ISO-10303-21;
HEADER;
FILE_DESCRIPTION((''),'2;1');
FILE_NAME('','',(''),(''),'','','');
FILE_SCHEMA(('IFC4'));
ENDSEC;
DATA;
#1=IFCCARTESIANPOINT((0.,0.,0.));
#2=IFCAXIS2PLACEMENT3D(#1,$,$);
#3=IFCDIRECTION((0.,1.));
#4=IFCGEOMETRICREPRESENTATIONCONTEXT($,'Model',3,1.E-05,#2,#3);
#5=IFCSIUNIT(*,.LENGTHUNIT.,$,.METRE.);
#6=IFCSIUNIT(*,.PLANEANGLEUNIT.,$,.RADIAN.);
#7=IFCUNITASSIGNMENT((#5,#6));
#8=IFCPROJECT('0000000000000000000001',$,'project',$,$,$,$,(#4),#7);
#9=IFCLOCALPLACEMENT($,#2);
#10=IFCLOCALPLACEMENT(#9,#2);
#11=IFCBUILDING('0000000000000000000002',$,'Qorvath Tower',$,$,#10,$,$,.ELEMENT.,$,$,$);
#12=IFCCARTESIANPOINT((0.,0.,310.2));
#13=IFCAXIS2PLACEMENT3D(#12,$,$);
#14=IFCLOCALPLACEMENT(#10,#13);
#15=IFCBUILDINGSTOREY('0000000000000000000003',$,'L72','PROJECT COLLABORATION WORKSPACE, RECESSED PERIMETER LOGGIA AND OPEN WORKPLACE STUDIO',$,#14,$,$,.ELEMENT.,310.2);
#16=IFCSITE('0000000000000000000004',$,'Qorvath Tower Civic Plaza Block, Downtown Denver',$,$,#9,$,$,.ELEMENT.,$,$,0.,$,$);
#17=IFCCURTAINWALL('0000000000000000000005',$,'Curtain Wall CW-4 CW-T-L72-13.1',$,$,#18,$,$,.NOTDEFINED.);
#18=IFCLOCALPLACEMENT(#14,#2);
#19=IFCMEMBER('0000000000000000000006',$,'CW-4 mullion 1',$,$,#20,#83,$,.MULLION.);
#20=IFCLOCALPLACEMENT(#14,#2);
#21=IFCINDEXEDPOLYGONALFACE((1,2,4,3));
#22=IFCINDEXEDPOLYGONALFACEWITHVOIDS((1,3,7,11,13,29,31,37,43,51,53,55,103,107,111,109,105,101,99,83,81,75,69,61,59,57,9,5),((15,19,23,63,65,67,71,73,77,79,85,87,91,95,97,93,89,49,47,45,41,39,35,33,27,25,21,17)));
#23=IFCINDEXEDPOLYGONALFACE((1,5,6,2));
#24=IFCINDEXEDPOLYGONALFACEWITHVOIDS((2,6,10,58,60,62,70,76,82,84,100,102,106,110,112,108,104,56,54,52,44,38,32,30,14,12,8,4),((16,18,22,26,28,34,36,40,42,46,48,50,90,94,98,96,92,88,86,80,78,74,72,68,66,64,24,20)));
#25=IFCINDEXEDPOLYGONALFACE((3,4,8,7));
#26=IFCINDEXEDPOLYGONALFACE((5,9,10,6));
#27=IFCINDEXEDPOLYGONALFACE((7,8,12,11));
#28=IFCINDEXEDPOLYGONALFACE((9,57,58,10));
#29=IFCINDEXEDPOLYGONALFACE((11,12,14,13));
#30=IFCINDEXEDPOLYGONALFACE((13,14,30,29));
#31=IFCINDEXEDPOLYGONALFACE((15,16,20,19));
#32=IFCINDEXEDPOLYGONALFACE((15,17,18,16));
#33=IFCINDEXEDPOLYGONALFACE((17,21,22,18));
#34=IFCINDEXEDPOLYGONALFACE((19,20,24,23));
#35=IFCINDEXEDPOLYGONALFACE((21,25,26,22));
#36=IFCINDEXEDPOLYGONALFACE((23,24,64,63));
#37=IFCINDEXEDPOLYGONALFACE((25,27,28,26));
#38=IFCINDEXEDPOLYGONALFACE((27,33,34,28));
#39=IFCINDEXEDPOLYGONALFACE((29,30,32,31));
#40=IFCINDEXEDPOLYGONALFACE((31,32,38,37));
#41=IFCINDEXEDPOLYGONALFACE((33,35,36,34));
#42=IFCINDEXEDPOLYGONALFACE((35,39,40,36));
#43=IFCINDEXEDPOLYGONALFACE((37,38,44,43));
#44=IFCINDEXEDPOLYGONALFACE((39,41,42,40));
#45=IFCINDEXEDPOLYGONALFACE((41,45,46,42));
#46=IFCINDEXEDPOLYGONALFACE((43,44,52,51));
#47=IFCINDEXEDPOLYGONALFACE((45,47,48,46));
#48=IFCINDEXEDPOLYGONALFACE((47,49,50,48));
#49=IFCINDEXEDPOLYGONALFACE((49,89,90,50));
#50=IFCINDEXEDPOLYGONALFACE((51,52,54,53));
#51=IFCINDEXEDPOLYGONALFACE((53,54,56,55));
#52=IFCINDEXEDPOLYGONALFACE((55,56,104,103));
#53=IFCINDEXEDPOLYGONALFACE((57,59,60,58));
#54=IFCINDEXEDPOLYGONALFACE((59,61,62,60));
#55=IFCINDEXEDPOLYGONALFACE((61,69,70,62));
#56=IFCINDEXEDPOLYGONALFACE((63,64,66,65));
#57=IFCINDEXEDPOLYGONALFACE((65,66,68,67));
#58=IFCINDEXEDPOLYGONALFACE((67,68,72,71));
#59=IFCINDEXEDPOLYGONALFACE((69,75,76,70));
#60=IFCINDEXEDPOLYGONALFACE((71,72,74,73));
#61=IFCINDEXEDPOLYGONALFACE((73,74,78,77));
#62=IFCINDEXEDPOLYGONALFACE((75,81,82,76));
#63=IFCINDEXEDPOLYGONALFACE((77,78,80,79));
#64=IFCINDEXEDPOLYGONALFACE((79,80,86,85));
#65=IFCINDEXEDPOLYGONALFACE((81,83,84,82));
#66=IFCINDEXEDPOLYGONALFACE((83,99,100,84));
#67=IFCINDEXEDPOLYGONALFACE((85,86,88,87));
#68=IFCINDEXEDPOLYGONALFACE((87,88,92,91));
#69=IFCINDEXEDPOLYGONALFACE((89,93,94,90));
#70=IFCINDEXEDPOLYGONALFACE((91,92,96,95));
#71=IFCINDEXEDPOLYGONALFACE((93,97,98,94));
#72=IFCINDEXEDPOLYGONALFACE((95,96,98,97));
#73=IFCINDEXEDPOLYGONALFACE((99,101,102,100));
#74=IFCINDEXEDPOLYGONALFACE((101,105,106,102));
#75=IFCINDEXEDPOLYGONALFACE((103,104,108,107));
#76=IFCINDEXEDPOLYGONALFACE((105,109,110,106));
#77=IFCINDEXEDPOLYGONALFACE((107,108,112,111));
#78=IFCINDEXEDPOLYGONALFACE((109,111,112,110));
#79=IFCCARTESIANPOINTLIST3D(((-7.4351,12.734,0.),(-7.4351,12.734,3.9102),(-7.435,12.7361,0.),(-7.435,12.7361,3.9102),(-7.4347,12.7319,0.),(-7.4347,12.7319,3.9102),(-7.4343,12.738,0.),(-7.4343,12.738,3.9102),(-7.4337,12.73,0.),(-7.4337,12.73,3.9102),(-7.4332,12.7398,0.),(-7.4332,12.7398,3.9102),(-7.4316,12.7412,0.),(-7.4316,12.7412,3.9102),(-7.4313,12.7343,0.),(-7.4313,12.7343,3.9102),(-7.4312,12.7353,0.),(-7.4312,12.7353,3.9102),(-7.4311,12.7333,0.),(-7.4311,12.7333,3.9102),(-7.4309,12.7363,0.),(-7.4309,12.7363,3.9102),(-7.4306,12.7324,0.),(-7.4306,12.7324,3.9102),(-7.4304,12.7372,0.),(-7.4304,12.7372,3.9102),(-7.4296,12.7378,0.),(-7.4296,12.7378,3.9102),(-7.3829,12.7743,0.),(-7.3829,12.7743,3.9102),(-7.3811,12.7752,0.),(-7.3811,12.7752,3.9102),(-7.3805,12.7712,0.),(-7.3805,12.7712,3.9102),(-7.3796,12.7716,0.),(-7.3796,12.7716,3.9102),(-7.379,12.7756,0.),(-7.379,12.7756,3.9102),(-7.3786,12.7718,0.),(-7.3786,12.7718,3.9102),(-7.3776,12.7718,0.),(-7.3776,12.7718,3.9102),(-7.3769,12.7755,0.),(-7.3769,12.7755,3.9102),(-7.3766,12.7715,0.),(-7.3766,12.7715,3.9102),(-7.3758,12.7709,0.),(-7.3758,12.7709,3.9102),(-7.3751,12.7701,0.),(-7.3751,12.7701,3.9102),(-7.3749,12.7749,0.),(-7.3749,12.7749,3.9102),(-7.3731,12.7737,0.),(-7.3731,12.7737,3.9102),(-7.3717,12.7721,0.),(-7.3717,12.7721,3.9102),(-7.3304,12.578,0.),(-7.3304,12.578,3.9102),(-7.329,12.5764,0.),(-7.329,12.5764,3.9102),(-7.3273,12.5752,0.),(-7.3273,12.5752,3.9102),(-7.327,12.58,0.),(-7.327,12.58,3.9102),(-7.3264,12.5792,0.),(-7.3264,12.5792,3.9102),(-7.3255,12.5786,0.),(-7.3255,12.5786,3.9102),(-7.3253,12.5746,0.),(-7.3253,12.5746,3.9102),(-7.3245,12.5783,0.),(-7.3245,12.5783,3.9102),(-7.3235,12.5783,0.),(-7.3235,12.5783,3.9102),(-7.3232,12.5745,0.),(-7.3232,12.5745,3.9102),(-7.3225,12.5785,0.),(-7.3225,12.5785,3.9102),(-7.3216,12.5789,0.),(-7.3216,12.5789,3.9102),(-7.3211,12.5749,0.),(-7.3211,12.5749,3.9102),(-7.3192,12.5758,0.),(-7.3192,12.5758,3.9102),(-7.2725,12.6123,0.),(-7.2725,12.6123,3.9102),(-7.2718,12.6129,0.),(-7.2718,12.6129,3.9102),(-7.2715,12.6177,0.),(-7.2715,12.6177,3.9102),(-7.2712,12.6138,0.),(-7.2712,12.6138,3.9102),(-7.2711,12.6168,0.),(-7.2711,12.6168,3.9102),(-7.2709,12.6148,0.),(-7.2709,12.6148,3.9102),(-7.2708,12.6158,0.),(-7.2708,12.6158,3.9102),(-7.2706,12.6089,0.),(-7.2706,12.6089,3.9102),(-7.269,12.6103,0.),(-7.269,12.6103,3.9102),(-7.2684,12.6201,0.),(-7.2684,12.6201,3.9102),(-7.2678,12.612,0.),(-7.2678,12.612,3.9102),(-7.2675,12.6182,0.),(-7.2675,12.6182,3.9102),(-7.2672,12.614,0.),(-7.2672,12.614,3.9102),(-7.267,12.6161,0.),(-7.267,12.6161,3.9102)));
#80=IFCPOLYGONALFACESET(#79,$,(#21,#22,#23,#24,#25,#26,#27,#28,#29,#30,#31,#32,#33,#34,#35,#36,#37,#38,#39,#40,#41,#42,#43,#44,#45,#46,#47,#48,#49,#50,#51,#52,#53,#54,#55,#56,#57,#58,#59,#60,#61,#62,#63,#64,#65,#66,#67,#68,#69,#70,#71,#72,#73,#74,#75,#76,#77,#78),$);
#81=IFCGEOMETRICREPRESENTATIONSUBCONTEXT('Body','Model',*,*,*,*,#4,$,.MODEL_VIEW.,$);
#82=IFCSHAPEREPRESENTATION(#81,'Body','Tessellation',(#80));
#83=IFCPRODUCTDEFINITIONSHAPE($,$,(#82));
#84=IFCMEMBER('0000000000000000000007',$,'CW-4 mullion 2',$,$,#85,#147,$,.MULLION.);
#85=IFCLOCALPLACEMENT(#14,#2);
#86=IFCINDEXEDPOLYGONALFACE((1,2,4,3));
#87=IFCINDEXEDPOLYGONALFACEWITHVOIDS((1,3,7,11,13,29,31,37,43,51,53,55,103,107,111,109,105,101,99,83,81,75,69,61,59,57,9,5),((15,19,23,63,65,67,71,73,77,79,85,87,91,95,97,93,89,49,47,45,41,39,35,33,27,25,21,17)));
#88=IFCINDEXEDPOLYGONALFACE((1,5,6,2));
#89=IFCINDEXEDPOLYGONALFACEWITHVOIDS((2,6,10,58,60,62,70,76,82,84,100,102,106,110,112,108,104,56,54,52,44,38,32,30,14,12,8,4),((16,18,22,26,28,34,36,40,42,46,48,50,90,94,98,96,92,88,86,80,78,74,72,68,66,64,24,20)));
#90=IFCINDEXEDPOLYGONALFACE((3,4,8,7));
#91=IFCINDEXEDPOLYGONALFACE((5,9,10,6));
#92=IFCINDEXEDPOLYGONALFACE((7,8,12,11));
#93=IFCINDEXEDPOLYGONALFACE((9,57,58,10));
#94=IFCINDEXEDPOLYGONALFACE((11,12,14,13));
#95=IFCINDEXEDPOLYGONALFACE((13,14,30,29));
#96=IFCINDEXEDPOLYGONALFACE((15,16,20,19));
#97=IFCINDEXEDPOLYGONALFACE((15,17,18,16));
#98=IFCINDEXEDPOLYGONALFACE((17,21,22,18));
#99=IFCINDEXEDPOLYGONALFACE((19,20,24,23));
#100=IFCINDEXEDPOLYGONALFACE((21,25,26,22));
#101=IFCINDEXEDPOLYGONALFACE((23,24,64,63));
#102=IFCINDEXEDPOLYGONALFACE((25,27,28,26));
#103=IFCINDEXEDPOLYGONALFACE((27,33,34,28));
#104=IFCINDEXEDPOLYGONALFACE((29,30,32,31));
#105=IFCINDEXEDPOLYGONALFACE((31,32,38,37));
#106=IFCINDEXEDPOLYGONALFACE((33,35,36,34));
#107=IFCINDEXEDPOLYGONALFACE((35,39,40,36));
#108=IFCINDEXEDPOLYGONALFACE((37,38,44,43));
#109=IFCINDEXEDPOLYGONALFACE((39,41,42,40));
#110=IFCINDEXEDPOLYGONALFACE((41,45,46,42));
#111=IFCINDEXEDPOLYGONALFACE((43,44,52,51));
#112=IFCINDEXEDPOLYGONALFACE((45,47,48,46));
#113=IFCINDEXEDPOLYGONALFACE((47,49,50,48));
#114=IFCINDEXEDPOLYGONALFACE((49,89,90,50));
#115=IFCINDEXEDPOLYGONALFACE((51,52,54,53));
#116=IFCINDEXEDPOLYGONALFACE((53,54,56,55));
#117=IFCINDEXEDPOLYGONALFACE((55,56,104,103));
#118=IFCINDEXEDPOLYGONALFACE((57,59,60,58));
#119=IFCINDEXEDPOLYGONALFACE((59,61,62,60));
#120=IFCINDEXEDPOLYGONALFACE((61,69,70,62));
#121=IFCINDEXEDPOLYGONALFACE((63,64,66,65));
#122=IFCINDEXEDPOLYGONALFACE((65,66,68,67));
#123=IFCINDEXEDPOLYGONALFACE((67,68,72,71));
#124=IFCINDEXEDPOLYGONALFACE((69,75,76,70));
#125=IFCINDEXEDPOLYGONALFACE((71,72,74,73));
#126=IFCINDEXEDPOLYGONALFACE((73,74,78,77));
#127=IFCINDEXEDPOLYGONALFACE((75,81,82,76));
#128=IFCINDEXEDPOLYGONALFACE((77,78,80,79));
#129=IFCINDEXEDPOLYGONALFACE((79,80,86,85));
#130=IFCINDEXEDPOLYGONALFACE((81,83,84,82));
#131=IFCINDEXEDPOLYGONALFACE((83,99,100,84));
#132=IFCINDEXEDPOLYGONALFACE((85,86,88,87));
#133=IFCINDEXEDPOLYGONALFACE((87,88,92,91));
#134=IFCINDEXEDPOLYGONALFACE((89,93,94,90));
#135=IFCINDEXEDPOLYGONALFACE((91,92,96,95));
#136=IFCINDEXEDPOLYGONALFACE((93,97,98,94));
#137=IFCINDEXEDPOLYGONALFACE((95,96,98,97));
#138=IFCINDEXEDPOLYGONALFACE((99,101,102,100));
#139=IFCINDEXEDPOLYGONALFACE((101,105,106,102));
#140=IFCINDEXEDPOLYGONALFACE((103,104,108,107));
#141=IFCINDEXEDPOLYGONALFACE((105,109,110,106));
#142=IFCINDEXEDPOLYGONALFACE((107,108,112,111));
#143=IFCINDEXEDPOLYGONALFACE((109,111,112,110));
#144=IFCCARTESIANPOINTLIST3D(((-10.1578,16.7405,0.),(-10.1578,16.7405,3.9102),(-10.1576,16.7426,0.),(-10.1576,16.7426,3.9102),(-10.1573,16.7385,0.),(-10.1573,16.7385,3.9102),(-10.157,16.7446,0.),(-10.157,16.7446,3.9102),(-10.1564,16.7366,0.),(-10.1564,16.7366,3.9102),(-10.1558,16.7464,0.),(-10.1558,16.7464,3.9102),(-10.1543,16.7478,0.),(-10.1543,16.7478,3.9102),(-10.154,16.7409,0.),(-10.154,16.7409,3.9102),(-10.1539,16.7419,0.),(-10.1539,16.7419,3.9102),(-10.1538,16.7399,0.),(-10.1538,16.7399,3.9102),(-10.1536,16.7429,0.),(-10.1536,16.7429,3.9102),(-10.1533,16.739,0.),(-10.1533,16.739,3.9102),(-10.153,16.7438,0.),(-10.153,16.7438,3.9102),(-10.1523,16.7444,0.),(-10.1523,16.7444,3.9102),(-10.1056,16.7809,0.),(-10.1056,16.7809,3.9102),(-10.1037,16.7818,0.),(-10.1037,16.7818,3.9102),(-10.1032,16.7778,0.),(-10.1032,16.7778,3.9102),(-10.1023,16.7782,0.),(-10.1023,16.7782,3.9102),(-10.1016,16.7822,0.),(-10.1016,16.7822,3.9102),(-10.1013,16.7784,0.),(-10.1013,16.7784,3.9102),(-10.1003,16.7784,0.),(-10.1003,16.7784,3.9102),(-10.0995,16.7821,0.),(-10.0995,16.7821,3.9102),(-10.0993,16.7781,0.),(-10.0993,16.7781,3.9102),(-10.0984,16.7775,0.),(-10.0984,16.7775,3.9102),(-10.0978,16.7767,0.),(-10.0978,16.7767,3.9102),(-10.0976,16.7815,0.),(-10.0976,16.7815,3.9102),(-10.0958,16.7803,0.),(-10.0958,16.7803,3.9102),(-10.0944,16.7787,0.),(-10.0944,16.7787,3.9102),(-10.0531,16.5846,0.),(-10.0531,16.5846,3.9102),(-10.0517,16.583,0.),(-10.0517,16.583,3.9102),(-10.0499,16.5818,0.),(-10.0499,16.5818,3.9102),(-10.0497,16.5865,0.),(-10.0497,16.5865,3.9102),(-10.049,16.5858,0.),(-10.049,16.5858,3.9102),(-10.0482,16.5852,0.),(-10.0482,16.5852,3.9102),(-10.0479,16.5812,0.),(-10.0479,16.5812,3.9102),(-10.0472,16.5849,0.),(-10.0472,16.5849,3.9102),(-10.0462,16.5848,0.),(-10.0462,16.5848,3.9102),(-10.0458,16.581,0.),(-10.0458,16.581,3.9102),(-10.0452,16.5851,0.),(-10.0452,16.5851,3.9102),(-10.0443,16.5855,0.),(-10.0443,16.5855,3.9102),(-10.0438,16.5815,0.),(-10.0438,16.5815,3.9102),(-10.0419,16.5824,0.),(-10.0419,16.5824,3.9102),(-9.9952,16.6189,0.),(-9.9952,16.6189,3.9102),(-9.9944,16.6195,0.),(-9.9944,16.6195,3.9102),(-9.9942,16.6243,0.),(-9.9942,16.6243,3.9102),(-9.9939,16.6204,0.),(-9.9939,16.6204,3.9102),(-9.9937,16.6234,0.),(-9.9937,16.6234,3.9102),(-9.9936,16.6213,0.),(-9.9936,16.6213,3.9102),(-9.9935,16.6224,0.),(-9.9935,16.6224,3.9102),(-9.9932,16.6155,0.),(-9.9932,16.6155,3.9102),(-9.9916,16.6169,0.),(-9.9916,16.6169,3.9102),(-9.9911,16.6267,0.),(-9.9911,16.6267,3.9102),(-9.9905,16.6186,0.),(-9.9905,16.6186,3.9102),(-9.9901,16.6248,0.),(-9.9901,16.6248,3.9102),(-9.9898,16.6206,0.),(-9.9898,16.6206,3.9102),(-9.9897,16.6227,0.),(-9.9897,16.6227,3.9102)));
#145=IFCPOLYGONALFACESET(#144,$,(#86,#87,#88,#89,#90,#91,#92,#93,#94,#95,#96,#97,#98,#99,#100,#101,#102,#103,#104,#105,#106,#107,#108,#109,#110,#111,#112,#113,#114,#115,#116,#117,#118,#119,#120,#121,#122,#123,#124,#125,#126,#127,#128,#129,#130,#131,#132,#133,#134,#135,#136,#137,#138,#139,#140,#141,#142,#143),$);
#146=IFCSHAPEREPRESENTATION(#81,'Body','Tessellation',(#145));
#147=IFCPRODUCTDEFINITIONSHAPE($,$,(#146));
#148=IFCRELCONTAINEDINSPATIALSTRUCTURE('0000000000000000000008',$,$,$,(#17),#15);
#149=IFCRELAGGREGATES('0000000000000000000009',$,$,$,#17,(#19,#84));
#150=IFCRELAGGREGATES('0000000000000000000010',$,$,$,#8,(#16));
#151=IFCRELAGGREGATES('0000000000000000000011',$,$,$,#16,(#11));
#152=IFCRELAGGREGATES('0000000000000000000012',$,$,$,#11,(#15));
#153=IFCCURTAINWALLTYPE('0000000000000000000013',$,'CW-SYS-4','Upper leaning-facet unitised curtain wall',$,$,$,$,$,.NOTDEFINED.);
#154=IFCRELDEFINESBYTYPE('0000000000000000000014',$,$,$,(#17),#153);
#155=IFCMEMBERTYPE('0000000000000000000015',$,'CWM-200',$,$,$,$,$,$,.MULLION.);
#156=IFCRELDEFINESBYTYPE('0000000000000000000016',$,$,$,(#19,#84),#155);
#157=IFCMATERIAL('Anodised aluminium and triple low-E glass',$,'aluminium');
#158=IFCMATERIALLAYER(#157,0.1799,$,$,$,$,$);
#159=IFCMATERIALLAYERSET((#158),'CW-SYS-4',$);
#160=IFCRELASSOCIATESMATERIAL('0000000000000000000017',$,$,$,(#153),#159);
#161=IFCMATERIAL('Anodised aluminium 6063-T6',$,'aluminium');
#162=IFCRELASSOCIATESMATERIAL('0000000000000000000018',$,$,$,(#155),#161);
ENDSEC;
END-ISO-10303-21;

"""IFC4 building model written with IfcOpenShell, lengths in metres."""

from ifc_helpers import new_model, si_unit, direction, frame, origin, origin_2d, place, context, subcontext, project, spatial, hollow_rectangle, extrude, material, layer, layer_set, material_profile, profile_set, type_object, element, aggregate, save


model = new_model("IFC4")

# Units and contexts
model_context = context("Model", 3, precision=1e-05, world=origin(), true_north=direction((0.0, 1.0)))
body_context = subcontext(model_context, "Body", "Model", "MODEL_VIEW")
ifc_project = project(units=[si_unit("LENGTHUNIT", "METRE"), si_unit("PLANEANGLEUNIT", "RADIAN")], contexts=[model_context])

# Site, building, storey
site_placement = place(None, origin())
site = spatial("IfcSite", under=ifc_project, at=site_placement, Name="Qorvath Tower Civic Plaza Block, Downtown Denver", CompositionType="ELEMENT", RefElevation=0.0)
building_placement = place(site_placement, origin())
building = spatial("IfcBuilding", under=site, at=building_placement, Name="Qorvath Tower", CompositionType="ELEMENT")
storey_placement = place(building_placement, frame((0.0, 0.0, 310.2)))
storey = spatial("IfcBuildingStorey", under=building, at=storey_placement, Name="L72", Description="PROJECT COLLABORATION WORKSPACE, RECESSED PERIMETER LOGGIA AND OPEN WORKPLACE STUDIO", CompositionType="ELEMENT", Elevation=310.2)

# Shared definitions
ifc_material_1 = material(Name="Anodised aluminium and triple low-E glass", Category="aluminium")
ifc_layer_1 = layer(ifc_material_1, 0.1799)
ifc_layer_set_1 = layer_set([ifc_layer_1], Name="CW-SYS-4")
curtain_wall_type = type_object("IfcCurtainWallType", Name="CW-SYS-4", Description="Upper leaning-facet unitised curtain wall", PredefinedType="NOTDEFINED", material=ifc_layer_set_1)
ifc_material_2 = material(Name="Anodised aluminium 6063-T6", Category="aluminium")
ifc_material_profile_1 = material_profile(ifc_material_2, hollow_rectangle(XDim=0.075, YDim=0.2, WallThickness=0.0039, InnerFilletRadius=0.0039, OuterFilletRadius=0.0081, at=origin_2d()), Name="CWM 200x75")
ifc_profile_set_1 = profile_set([ifc_material_profile_1], Name="Anodised aluminium 6063-T6")
member_type_1 = type_object("IfcMemberType", Name="CWM-200", PredefinedType="MULLION", material=ifc_profile_set_1)

# Curtain wall, members
curtain_wall_1_placement = place(storey_placement, origin())
curtain_wall_1 = element("IfcCurtainWall", 1, at=curtain_wall_1_placement, inside=storey, type_object=curtain_wall_type, Name="Curtain Wall CW-4 CW-T-L72-13.1", PredefinedType="NOTDEFINED")
member_1_placement = place(storey_placement, frame((-7.3511, 12.675, 0.0), z_axis=(0.0, 0.0, 1.0), x_axis=(-0.82712, -0.562025, 0.0)))
member_1 = element("IfcMember", 2, at=member_1_placement, type_object=member_type_1, Name="CW-4 mullion 1", PredefinedType="MULLION", context=body_context, shape_type="SweptSolid", body=[
    extrude(hollow_rectangle(XDim=0.075, YDim=0.2, WallThickness=0.0039, InnerFilletRadius=0.0039, OuterFilletRadius=0.0081, at=origin_2d()), origin(), (0.0, 0.0, 1.0), 3.9102),
])
member_2_placement = place(storey_placement, frame((-10.0737, 16.6816, 0.0), z_axis=(0.0, 0.0, 1.0), x_axis=(-0.82712, -0.562025, 0.0)))
member_2 = element("IfcMember", 3, at=member_2_placement, type_object=member_type_1, Name="CW-4 mullion 2", PredefinedType="MULLION", context=body_context, shape_type="SweptSolid", body=[
    extrude(hollow_rectangle(XDim=0.075, YDim=0.2, WallThickness=0.0039, InnerFilletRadius=0.0039, OuterFilletRadius=0.0081, at=origin_2d()), origin(), (0.0, 0.0, 1.0), 3.9102),
])

aggregate(curtain_wall_1, [member_1, member_2])

save(model, "model.ifc")
